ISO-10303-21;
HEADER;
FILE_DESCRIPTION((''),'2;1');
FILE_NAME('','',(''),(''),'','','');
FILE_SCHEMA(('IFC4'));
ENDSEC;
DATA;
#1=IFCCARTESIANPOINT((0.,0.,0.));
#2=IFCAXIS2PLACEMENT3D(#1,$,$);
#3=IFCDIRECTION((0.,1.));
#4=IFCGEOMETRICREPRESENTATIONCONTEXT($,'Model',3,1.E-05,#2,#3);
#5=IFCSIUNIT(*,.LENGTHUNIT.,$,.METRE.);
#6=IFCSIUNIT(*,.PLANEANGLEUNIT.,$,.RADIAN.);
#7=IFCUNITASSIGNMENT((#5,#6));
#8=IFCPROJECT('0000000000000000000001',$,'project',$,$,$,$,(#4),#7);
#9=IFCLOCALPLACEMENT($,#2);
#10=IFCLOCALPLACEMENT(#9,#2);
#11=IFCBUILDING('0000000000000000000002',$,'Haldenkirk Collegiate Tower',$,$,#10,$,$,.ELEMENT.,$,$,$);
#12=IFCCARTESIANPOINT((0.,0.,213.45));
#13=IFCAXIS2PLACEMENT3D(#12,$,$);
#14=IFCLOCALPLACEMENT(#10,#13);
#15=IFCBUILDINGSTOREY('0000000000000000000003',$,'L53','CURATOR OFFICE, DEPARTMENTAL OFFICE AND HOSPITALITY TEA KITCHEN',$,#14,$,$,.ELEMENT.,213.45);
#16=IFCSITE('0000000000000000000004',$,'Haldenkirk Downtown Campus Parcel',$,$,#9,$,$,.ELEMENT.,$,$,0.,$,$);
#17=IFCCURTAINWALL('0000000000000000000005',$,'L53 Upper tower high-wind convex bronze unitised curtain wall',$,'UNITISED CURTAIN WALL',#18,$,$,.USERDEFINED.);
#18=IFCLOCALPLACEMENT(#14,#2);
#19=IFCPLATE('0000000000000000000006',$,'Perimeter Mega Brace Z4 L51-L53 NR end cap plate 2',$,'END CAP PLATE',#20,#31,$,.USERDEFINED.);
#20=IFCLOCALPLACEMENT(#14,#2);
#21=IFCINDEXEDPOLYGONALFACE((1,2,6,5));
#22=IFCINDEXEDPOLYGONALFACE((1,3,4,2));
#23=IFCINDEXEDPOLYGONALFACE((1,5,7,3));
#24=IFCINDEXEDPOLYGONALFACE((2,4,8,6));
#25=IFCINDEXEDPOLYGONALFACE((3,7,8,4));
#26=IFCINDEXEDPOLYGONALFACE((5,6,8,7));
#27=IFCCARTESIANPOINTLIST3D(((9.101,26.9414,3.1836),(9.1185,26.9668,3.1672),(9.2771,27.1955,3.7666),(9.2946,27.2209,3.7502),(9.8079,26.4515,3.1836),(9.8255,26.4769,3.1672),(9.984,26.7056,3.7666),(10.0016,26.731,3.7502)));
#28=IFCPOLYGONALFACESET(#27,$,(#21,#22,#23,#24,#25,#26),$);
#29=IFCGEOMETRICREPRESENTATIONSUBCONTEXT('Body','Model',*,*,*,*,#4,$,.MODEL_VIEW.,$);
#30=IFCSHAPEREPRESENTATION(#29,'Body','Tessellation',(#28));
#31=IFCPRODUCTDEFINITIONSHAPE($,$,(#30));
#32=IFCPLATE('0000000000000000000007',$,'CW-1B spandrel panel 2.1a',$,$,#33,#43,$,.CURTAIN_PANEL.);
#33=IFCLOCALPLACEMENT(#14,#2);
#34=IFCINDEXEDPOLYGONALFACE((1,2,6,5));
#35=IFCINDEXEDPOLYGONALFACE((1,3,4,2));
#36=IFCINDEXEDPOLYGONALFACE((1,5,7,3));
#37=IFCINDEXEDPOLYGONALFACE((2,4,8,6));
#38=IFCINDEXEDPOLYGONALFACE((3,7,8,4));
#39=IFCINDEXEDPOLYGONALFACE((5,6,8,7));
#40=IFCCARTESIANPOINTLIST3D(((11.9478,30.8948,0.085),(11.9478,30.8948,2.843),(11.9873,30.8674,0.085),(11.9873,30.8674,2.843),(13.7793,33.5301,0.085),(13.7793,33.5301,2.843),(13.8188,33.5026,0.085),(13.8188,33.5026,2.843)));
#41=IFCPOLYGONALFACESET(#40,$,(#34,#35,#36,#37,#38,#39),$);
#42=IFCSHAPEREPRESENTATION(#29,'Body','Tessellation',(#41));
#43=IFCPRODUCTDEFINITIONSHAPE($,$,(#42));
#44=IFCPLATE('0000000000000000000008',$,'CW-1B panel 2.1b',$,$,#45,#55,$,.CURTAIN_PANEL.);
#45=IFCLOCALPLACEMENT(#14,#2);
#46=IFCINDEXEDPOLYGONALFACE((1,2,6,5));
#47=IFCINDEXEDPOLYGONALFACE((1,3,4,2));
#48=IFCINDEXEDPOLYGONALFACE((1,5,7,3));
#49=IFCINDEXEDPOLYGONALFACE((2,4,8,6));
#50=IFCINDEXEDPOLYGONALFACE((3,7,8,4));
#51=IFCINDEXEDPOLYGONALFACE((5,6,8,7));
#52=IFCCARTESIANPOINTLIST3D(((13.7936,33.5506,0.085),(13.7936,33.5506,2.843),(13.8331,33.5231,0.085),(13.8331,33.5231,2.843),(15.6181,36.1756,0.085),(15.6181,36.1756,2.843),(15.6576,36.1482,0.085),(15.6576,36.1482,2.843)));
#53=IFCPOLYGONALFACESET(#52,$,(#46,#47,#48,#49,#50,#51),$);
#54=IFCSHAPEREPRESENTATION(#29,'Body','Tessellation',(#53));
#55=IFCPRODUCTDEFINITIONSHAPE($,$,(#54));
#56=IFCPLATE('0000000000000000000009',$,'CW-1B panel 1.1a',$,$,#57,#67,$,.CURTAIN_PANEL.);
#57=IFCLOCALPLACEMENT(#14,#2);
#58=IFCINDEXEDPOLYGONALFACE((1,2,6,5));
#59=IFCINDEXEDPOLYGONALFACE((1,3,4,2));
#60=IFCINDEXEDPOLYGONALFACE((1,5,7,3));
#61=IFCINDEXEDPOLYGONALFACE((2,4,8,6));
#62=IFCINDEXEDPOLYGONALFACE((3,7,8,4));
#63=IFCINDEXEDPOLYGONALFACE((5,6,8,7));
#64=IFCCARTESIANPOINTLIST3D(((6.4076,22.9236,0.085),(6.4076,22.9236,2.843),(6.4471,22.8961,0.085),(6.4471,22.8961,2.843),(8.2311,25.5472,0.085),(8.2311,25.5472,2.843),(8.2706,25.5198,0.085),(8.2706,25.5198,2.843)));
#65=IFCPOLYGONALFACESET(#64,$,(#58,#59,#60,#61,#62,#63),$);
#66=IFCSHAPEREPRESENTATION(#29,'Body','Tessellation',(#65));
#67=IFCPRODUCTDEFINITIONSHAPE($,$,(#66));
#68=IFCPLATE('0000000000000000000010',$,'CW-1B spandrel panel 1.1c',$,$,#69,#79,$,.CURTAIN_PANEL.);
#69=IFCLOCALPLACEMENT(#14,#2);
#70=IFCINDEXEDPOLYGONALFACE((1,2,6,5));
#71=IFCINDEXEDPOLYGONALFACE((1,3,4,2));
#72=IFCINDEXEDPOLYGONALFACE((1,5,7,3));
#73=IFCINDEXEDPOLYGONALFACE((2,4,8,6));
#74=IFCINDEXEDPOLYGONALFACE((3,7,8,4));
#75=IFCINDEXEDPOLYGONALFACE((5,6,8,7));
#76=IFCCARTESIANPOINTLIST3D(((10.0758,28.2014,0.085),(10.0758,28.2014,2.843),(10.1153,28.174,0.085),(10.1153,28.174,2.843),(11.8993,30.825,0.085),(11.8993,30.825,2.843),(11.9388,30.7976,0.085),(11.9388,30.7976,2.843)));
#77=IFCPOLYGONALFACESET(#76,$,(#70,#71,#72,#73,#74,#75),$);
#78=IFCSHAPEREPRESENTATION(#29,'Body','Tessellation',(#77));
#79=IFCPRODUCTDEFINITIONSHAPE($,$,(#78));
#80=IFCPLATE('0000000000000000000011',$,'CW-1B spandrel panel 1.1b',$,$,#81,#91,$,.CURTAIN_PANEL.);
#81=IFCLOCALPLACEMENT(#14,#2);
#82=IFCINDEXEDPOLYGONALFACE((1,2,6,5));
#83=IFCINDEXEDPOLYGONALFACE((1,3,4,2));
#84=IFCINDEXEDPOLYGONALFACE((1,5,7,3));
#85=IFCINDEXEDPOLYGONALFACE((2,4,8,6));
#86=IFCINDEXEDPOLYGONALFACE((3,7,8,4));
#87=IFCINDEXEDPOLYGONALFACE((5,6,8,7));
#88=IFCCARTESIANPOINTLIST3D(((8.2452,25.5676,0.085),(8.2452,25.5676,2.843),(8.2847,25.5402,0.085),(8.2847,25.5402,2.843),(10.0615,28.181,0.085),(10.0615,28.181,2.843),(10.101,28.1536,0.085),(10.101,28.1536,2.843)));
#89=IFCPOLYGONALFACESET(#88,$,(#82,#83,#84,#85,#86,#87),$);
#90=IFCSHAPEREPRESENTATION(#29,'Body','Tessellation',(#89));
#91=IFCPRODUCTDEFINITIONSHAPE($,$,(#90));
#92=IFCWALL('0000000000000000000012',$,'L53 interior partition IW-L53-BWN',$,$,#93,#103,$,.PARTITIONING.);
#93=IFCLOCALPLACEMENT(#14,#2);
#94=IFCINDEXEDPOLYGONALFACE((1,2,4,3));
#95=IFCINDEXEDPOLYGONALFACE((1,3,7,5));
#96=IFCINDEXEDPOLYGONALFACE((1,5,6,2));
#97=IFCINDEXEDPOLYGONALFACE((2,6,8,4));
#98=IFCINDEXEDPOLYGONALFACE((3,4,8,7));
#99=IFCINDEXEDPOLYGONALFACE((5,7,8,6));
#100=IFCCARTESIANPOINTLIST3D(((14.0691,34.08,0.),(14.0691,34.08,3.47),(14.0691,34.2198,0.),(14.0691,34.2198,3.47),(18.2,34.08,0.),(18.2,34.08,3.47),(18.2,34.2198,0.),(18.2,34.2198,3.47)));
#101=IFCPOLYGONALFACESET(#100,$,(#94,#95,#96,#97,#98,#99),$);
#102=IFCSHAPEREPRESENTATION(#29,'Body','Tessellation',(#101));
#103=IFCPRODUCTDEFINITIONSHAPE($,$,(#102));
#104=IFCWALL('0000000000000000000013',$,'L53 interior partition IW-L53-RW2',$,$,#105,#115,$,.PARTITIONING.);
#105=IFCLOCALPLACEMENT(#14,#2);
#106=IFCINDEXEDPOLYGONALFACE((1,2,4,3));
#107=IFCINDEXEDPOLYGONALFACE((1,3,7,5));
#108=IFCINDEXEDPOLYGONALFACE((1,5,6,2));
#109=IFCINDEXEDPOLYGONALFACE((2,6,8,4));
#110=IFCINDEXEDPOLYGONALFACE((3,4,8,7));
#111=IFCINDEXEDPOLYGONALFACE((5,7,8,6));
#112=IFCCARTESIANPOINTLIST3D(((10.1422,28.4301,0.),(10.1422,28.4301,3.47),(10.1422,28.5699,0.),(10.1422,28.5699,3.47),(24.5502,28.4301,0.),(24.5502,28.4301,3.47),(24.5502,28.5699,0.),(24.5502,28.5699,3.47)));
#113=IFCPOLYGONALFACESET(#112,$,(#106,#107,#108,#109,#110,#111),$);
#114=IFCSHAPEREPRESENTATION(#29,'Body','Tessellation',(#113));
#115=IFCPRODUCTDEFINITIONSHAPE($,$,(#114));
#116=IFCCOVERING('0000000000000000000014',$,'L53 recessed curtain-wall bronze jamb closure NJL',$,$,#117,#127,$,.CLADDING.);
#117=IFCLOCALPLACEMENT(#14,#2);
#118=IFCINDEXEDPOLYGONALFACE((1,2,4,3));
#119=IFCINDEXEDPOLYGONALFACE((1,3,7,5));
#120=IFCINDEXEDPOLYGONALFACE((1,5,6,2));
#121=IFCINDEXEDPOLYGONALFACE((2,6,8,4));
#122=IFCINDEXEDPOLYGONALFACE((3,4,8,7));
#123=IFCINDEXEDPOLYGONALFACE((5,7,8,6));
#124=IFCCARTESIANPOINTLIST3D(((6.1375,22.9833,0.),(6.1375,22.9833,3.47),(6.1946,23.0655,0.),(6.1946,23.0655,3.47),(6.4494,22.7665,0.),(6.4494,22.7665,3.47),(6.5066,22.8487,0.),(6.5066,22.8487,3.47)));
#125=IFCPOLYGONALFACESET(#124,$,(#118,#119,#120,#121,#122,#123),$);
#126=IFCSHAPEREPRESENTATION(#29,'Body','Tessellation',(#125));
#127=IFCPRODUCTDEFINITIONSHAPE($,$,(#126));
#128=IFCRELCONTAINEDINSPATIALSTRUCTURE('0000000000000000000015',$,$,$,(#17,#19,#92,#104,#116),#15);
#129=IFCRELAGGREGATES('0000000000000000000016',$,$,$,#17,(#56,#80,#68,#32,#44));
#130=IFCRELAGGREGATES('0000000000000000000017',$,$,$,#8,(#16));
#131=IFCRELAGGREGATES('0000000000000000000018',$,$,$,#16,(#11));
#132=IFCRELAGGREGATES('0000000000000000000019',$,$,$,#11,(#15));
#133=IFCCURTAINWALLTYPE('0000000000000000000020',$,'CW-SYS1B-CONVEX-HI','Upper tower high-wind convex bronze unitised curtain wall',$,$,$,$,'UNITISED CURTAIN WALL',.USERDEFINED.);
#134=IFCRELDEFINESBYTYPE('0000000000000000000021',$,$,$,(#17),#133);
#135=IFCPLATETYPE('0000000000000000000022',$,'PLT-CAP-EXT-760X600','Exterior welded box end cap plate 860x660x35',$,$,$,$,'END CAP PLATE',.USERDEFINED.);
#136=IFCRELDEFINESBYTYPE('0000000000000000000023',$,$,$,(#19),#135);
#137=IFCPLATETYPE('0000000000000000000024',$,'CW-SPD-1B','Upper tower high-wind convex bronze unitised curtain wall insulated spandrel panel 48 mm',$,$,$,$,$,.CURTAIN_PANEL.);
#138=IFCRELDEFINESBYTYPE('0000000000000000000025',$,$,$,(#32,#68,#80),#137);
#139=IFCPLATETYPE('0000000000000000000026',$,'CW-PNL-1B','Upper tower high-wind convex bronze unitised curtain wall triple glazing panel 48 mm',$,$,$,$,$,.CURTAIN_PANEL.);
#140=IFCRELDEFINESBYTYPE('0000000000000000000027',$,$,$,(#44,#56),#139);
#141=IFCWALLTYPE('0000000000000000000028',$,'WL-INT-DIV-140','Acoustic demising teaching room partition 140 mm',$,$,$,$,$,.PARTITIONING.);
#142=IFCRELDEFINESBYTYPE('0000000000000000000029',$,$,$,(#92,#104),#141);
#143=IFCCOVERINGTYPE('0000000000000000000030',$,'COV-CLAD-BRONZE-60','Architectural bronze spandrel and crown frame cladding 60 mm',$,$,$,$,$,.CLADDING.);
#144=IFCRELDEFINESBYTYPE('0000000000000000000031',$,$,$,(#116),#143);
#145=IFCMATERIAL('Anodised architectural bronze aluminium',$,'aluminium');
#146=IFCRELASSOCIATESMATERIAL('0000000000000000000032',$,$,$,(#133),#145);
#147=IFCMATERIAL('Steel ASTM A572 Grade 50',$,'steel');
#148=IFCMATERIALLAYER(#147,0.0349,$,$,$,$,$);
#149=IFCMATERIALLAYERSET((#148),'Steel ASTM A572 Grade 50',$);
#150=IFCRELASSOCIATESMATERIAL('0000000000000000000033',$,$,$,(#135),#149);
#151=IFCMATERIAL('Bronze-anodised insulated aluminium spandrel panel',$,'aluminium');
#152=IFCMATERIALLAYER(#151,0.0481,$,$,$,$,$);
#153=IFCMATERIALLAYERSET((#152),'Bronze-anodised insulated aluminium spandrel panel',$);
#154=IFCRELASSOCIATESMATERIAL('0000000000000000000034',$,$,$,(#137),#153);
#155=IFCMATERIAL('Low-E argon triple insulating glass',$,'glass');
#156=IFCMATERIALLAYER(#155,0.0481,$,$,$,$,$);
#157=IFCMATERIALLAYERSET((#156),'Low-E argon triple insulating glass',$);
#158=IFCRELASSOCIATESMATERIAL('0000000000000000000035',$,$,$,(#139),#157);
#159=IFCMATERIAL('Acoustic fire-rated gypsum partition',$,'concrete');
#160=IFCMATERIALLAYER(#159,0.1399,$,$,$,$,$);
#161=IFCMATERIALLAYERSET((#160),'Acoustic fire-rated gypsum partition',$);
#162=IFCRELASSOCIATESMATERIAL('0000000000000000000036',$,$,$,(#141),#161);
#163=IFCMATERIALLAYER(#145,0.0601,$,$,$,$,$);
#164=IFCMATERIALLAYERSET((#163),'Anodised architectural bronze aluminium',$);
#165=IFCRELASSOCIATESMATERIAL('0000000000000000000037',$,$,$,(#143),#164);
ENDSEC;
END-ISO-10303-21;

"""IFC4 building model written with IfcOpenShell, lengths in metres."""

from ifc_helpers import new_model, si_unit, direction, frame, frame_2d, origin, origin_2d, place, context, subcontext, project, spatial, rectangle, extrude, source, transform, mapped, material, layer, layer_set, type_object, element, aggregate, save


model = new_model("IFC4")

# Units and contexts
model_context = context("Model", 3, precision=1e-05, world=origin(), true_north=direction((0.0, 1.0)))
body_context = subcontext(model_context, "Body", "Model", "MODEL_VIEW")
ifc_project = project(units=[si_unit("LENGTHUNIT", "METRE"), si_unit("PLANEANGLEUNIT", "RADIAN")], contexts=[model_context])

# Site, building, storey
site_placement = place(None, origin())
site = spatial("IfcSite", under=ifc_project, at=site_placement, Name="Haldenkirk Downtown Campus Parcel", CompositionType="ELEMENT", RefElevation=0.0)
building_placement = place(site_placement, origin())
building = spatial("IfcBuilding", under=site, at=building_placement, Name="Haldenkirk Collegiate Tower", CompositionType="ELEMENT")
storey_placement = place(building_placement, frame((0.0, 0.0, 213.45)))
storey = spatial("IfcBuildingStorey", under=building, at=storey_placement, Name="L53", Description="CURATOR OFFICE, DEPARTMENTAL OFFICE AND HOSPITALITY TEA KITCHEN", CompositionType="ELEMENT", Elevation=213.45)

# Curtain wall
ifc_material_1 = material(Name="Anodised architectural bronze aluminium", Category="aluminium")
curtain_wall_type = type_object("IfcCurtainWallType", Name="CW-SYS1B-CONVEX-HI", Description="Upper tower high-wind convex bronze unitised curtain wall", ElementType="UNITISED CURTAIN WALL", PredefinedType="USERDEFINED", material=ifc_material_1)
curtain_wall_placement = place(storey_placement, origin())
curtain_wall = element("IfcCurtainWall", 1, at=curtain_wall_placement, inside=storey, type_object=curtain_wall_type, Name="L53 Upper tower high-wind convex bronze unitised curtain wall", ObjectType="UNITISED CURTAIN WALL", PredefinedType="USERDEFINED")

# Plates
ifc_material_2 = material(Name="Steel ASTM A572 Grade 50", Category="steel")
ifc_layer_1 = layer(ifc_material_2, 0.0349)
ifc_layer_set_1 = layer_set([ifc_layer_1], Name="Steel ASTM A572 Grade 50")
plate_type_1 = type_object("IfcPlateType", Name="PLT-CAP-EXT-760X600", Description="Exterior welded box end cap plate 860x660x35", ElementType="END CAP PLATE", PredefinedType="USERDEFINED", material=ifc_layer_set_1)
shared_shape_1 = source(origin(), body_context, "Body", "SweptSolid", [
    extrude(rectangle(XDim=0.8601, YDim=0.6599, at=origin_2d()), origin(), (0.0, 0.0, 1.0), 0.0349),
])
plate_1_placement = place(storey_placement, frame((9.5601, 26.8489, 3.4587), z_axis=(-0.503219, -0.726129, 0.468516), x_axis=(0.82192, -0.569604, 0.0)))
element("IfcPlate", 2, at=plate_1_placement, inside=storey, type_object=plate_type_1, Name="Perimeter Mega Brace Z4 L51-L53 NR end cap plate 2", ObjectType="END CAP PLATE", PredefinedType="USERDEFINED", context=body_context, shape_type="MappedRepresentation", body=[
    mapped(shared_shape_1, transform((0.0, 0.0, 0.0), x_axis=(1.0, 0.0, 0.0), y_axis=(0.0, 1.0, 0.0), z_axis=(0.0, 0.0, 1.0), scale=1.0)),
])
ifc_material_3 = material(Name="Bronze-anodised insulated aluminium spandrel panel", Category="aluminium")
ifc_layer_2 = layer(ifc_material_3, 0.0481)
ifc_layer_set_2 = layer_set([ifc_layer_2], Name="Bronze-anodised insulated aluminium spandrel panel")
plate_type_2 = type_object("IfcPlateType", Name="CW-SPD-1B", Description="Upper tower high-wind convex bronze unitised curtain wall insulated spandrel panel 48 mm", PredefinedType="CURTAIN_PANEL", material=ifc_layer_set_2)
shared_shape_2 = source(origin(), body_context, "Body", "SweptSolid", [
    extrude(rectangle(XDim=3.2092, YDim=0.0481, at=origin_2d()), origin(), (0.0, 0.0, 1.0), 2.7581),
])
plate_2_placement = place(storey_placement, frame((12.8833, 32.1987, 0.085), z_axis=(0.0, 0.0, 1.0), x_axis=(0.570715, 0.821148, 0.0)))
plate_2 = element("IfcPlate", 3, at=plate_2_placement, type_object=plate_type_2, Name="CW-1B spandrel panel 2.1a", PredefinedType="CURTAIN_PANEL", context=body_context, shape_type="MappedRepresentation", body=[
    mapped(shared_shape_2, transform((0.0, 0.0, 0.0), x_axis=(1.0, 0.0, 0.0), y_axis=(0.0, 1.0, 0.0), z_axis=(0.0, 0.0, 1.0), scale=1.0)),
])
ifc_material_4 = material(Name="Low-E argon triple insulating glass", Category="glass")
ifc_layer_3 = layer(ifc_material_4, 0.0481)
ifc_layer_set_3 = layer_set([ifc_layer_3], Name="Low-E argon triple insulating glass")
plate_type_3 = type_object("IfcPlateType", Name="CW-PNL-1B", Description="Upper tower high-wind convex bronze unitised curtain wall triple glazing panel 48 mm", PredefinedType="CURTAIN_PANEL", material=ifc_layer_set_3)
shared_shape_3 = source(origin(), body_context, "Body", "SweptSolid", [
    extrude(rectangle(XDim=3.1968, YDim=0.0481, at=origin_2d()), origin(), (0.0, 0.0, 1.0), 2.7581),
])
plate_3_placement = place(storey_placement, frame((14.7256, 34.8494, 0.085), z_axis=(0.0, 0.0, 1.0), x_axis=(0.570715, 0.821148, 0.0)))
plate_3 = element("IfcPlate", 4, at=plate_3_placement, type_object=plate_type_3, Name="CW-1B panel 2.1b", PredefinedType="CURTAIN_PANEL", context=body_context, shape_type="MappedRepresentation", body=[
    mapped(shared_shape_3, transform((0.0, 0.0, 0.0), x_axis=(1.0, 0.0, 0.0), y_axis=(0.0, 1.0, 0.0), z_axis=(0.0, 0.0, 1.0), scale=1.0)),
])
shared_shape_4 = source(origin(), body_context, "Body", "SweptSolid", [
    extrude(rectangle(XDim=3.1951, YDim=0.0481, at=origin_2d()), origin(), (0.0, 0.0, 1.0), 2.7581),
])
plate_4_placement = place(storey_placement, frame((7.3391, 24.2217, 0.085), z_axis=(0.0, 0.0, 1.0), x_axis=(0.570715, 0.821148, 0.0)))
plate_4 = element("IfcPlate", 5, at=plate_4_placement, type_object=plate_type_3, Name="CW-1B panel 1.1a", PredefinedType="CURTAIN_PANEL", context=body_context, shape_type="MappedRepresentation", body=[
    mapped(shared_shape_4, transform((0.0, 0.0, 0.0), x_axis=(1.0, 0.0, 0.0), y_axis=(0.0, 1.0, 0.0), z_axis=(0.0, 0.0, 1.0), scale=1.0)),
])
plate_5_placement = place(storey_placement, frame((11.0073, 29.4995, 0.085), z_axis=(0.0, 0.0, 1.0), x_axis=(0.570715, 0.821148, 0.0)))
plate_5 = element("IfcPlate", 6, at=plate_5_placement, type_object=plate_type_2, Name="CW-1B spandrel panel 1.1c", PredefinedType="CURTAIN_PANEL", context=body_context, shape_type="MappedRepresentation", body=[
    mapped(shared_shape_4, transform((0.0, 0.0, 0.0), x_axis=(1.0, 0.0, 0.0), y_axis=(0.0, 1.0, 0.0), z_axis=(0.0, 0.0, 1.0), scale=1.0)),
])
shared_shape_5 = source(origin(), body_context, "Body", "SweptSolid", [
    extrude(rectangle(XDim=3.1826, YDim=0.0481, at=origin_2d()), origin(), (0.0, 0.0, 1.0), 2.7581),
])
plate_6_placement = place(storey_placement, frame((9.1731, 26.8606, 0.085), z_axis=(0.0, 0.0, 1.0), x_axis=(0.570715, 0.821148, 0.0)))
plate_6 = element("IfcPlate", 7, at=plate_6_placement, type_object=plate_type_2, Name="CW-1B spandrel panel 1.1b", PredefinedType="CURTAIN_PANEL", context=body_context, shape_type="MappedRepresentation", body=[
    mapped(shared_shape_5, transform((0.0, 0.0, 0.0), x_axis=(1.0, 0.0, 0.0), y_axis=(0.0, 1.0, 0.0), z_axis=(0.0, 0.0, 1.0), scale=1.0)),
])
aggregate(curtain_wall, [plate_4, plate_6, plate_5, plate_2, plate_3])

# Walls
ifc_material_5 = material(Name="Acoustic fire-rated gypsum partition", Category="concrete")
ifc_layer_4 = layer(ifc_material_5, 0.1399)
ifc_layer_set_4 = layer_set([ifc_layer_4], Name="Acoustic fire-rated gypsum partition")
wall_type = type_object("IfcWallType", Name="WL-INT-DIV-140", Description="Acoustic demising teaching room partition 140 mm", PredefinedType="PARTITIONING", material=ifc_layer_set_4)
wall_1_placement = place(storey_placement, frame((14.0691, 34.1499, 0.0), z_axis=(0.0, 0.0, 1.0), x_axis=(1.0, 0.0, 0.0)))
element("IfcWall", 8, at=wall_1_placement, inside=storey, type_object=wall_type, Name="L53 interior partition IW-L53-BWN", PredefinedType="PARTITIONING", context=body_context, shape_type="SweptSolid", body=[
    extrude(rectangle(XDim=4.1309, YDim=0.1399, at=frame_2d((2.0654, 0.0))), origin(), (0.0, 0.0, 1.0), 3.47),
])
wall_2_placement = place(storey_placement, frame((10.1421, 28.5, 0.0), z_axis=(0.0, 0.0, 1.0), x_axis=(1.0, 0.0, 0.0)))
element("IfcWall", 9, at=wall_2_placement, inside=storey, type_object=wall_type, Name="L53 interior partition IW-L53-RW2", PredefinedType="PARTITIONING", context=body_context, shape_type="SweptSolid", body=[
    extrude(rectangle(XDim=14.408, YDim=0.1399, at=frame_2d((7.2041, 0.0))), origin(), (0.0, 0.0, 1.0), 3.47),
])

# Covering
ifc_layer_5 = layer(ifc_material_1, 0.0601)
ifc_layer_set_5 = layer_set([ifc_layer_5], Name="Anodised architectural bronze aluminium")
covering_type = type_object("IfcCoveringType", Name="COV-CLAD-BRONZE-60", Description="Architectural bronze spandrel and crown frame cladding 60 mm", PredefinedType="CLADDING", material=ifc_layer_set_5)
shared_shape_6 = source(origin(), body_context, "Body", "SweptSolid", [
    extrude(rectangle(XDim=0.1001, YDim=0.3799, at=origin_2d()), origin(), (0.0, 0.0, 1.0), 3.47),
])
covering_placement = place(storey_placement, frame((6.322, 22.916, 0.0), z_axis=(0.0, 0.0, 1.0), x_axis=(0.570714, 0.821149, 0.0)))
element("IfcCovering", 10, at=covering_placement, inside=storey, type_object=covering_type, Name="L53 recessed curtain-wall bronze jamb closure NJL", PredefinedType="CLADDING", context=body_context, shape_type="MappedRepresentation", body=[
    mapped(shared_shape_6, transform((0.0, 0.0, 0.0), x_axis=(1.0, 0.0, 0.0), y_axis=(0.0, 1.0, 0.0), z_axis=(0.0, 0.0, 1.0), scale=1.0)),
])

save(model, "model.ifc")
